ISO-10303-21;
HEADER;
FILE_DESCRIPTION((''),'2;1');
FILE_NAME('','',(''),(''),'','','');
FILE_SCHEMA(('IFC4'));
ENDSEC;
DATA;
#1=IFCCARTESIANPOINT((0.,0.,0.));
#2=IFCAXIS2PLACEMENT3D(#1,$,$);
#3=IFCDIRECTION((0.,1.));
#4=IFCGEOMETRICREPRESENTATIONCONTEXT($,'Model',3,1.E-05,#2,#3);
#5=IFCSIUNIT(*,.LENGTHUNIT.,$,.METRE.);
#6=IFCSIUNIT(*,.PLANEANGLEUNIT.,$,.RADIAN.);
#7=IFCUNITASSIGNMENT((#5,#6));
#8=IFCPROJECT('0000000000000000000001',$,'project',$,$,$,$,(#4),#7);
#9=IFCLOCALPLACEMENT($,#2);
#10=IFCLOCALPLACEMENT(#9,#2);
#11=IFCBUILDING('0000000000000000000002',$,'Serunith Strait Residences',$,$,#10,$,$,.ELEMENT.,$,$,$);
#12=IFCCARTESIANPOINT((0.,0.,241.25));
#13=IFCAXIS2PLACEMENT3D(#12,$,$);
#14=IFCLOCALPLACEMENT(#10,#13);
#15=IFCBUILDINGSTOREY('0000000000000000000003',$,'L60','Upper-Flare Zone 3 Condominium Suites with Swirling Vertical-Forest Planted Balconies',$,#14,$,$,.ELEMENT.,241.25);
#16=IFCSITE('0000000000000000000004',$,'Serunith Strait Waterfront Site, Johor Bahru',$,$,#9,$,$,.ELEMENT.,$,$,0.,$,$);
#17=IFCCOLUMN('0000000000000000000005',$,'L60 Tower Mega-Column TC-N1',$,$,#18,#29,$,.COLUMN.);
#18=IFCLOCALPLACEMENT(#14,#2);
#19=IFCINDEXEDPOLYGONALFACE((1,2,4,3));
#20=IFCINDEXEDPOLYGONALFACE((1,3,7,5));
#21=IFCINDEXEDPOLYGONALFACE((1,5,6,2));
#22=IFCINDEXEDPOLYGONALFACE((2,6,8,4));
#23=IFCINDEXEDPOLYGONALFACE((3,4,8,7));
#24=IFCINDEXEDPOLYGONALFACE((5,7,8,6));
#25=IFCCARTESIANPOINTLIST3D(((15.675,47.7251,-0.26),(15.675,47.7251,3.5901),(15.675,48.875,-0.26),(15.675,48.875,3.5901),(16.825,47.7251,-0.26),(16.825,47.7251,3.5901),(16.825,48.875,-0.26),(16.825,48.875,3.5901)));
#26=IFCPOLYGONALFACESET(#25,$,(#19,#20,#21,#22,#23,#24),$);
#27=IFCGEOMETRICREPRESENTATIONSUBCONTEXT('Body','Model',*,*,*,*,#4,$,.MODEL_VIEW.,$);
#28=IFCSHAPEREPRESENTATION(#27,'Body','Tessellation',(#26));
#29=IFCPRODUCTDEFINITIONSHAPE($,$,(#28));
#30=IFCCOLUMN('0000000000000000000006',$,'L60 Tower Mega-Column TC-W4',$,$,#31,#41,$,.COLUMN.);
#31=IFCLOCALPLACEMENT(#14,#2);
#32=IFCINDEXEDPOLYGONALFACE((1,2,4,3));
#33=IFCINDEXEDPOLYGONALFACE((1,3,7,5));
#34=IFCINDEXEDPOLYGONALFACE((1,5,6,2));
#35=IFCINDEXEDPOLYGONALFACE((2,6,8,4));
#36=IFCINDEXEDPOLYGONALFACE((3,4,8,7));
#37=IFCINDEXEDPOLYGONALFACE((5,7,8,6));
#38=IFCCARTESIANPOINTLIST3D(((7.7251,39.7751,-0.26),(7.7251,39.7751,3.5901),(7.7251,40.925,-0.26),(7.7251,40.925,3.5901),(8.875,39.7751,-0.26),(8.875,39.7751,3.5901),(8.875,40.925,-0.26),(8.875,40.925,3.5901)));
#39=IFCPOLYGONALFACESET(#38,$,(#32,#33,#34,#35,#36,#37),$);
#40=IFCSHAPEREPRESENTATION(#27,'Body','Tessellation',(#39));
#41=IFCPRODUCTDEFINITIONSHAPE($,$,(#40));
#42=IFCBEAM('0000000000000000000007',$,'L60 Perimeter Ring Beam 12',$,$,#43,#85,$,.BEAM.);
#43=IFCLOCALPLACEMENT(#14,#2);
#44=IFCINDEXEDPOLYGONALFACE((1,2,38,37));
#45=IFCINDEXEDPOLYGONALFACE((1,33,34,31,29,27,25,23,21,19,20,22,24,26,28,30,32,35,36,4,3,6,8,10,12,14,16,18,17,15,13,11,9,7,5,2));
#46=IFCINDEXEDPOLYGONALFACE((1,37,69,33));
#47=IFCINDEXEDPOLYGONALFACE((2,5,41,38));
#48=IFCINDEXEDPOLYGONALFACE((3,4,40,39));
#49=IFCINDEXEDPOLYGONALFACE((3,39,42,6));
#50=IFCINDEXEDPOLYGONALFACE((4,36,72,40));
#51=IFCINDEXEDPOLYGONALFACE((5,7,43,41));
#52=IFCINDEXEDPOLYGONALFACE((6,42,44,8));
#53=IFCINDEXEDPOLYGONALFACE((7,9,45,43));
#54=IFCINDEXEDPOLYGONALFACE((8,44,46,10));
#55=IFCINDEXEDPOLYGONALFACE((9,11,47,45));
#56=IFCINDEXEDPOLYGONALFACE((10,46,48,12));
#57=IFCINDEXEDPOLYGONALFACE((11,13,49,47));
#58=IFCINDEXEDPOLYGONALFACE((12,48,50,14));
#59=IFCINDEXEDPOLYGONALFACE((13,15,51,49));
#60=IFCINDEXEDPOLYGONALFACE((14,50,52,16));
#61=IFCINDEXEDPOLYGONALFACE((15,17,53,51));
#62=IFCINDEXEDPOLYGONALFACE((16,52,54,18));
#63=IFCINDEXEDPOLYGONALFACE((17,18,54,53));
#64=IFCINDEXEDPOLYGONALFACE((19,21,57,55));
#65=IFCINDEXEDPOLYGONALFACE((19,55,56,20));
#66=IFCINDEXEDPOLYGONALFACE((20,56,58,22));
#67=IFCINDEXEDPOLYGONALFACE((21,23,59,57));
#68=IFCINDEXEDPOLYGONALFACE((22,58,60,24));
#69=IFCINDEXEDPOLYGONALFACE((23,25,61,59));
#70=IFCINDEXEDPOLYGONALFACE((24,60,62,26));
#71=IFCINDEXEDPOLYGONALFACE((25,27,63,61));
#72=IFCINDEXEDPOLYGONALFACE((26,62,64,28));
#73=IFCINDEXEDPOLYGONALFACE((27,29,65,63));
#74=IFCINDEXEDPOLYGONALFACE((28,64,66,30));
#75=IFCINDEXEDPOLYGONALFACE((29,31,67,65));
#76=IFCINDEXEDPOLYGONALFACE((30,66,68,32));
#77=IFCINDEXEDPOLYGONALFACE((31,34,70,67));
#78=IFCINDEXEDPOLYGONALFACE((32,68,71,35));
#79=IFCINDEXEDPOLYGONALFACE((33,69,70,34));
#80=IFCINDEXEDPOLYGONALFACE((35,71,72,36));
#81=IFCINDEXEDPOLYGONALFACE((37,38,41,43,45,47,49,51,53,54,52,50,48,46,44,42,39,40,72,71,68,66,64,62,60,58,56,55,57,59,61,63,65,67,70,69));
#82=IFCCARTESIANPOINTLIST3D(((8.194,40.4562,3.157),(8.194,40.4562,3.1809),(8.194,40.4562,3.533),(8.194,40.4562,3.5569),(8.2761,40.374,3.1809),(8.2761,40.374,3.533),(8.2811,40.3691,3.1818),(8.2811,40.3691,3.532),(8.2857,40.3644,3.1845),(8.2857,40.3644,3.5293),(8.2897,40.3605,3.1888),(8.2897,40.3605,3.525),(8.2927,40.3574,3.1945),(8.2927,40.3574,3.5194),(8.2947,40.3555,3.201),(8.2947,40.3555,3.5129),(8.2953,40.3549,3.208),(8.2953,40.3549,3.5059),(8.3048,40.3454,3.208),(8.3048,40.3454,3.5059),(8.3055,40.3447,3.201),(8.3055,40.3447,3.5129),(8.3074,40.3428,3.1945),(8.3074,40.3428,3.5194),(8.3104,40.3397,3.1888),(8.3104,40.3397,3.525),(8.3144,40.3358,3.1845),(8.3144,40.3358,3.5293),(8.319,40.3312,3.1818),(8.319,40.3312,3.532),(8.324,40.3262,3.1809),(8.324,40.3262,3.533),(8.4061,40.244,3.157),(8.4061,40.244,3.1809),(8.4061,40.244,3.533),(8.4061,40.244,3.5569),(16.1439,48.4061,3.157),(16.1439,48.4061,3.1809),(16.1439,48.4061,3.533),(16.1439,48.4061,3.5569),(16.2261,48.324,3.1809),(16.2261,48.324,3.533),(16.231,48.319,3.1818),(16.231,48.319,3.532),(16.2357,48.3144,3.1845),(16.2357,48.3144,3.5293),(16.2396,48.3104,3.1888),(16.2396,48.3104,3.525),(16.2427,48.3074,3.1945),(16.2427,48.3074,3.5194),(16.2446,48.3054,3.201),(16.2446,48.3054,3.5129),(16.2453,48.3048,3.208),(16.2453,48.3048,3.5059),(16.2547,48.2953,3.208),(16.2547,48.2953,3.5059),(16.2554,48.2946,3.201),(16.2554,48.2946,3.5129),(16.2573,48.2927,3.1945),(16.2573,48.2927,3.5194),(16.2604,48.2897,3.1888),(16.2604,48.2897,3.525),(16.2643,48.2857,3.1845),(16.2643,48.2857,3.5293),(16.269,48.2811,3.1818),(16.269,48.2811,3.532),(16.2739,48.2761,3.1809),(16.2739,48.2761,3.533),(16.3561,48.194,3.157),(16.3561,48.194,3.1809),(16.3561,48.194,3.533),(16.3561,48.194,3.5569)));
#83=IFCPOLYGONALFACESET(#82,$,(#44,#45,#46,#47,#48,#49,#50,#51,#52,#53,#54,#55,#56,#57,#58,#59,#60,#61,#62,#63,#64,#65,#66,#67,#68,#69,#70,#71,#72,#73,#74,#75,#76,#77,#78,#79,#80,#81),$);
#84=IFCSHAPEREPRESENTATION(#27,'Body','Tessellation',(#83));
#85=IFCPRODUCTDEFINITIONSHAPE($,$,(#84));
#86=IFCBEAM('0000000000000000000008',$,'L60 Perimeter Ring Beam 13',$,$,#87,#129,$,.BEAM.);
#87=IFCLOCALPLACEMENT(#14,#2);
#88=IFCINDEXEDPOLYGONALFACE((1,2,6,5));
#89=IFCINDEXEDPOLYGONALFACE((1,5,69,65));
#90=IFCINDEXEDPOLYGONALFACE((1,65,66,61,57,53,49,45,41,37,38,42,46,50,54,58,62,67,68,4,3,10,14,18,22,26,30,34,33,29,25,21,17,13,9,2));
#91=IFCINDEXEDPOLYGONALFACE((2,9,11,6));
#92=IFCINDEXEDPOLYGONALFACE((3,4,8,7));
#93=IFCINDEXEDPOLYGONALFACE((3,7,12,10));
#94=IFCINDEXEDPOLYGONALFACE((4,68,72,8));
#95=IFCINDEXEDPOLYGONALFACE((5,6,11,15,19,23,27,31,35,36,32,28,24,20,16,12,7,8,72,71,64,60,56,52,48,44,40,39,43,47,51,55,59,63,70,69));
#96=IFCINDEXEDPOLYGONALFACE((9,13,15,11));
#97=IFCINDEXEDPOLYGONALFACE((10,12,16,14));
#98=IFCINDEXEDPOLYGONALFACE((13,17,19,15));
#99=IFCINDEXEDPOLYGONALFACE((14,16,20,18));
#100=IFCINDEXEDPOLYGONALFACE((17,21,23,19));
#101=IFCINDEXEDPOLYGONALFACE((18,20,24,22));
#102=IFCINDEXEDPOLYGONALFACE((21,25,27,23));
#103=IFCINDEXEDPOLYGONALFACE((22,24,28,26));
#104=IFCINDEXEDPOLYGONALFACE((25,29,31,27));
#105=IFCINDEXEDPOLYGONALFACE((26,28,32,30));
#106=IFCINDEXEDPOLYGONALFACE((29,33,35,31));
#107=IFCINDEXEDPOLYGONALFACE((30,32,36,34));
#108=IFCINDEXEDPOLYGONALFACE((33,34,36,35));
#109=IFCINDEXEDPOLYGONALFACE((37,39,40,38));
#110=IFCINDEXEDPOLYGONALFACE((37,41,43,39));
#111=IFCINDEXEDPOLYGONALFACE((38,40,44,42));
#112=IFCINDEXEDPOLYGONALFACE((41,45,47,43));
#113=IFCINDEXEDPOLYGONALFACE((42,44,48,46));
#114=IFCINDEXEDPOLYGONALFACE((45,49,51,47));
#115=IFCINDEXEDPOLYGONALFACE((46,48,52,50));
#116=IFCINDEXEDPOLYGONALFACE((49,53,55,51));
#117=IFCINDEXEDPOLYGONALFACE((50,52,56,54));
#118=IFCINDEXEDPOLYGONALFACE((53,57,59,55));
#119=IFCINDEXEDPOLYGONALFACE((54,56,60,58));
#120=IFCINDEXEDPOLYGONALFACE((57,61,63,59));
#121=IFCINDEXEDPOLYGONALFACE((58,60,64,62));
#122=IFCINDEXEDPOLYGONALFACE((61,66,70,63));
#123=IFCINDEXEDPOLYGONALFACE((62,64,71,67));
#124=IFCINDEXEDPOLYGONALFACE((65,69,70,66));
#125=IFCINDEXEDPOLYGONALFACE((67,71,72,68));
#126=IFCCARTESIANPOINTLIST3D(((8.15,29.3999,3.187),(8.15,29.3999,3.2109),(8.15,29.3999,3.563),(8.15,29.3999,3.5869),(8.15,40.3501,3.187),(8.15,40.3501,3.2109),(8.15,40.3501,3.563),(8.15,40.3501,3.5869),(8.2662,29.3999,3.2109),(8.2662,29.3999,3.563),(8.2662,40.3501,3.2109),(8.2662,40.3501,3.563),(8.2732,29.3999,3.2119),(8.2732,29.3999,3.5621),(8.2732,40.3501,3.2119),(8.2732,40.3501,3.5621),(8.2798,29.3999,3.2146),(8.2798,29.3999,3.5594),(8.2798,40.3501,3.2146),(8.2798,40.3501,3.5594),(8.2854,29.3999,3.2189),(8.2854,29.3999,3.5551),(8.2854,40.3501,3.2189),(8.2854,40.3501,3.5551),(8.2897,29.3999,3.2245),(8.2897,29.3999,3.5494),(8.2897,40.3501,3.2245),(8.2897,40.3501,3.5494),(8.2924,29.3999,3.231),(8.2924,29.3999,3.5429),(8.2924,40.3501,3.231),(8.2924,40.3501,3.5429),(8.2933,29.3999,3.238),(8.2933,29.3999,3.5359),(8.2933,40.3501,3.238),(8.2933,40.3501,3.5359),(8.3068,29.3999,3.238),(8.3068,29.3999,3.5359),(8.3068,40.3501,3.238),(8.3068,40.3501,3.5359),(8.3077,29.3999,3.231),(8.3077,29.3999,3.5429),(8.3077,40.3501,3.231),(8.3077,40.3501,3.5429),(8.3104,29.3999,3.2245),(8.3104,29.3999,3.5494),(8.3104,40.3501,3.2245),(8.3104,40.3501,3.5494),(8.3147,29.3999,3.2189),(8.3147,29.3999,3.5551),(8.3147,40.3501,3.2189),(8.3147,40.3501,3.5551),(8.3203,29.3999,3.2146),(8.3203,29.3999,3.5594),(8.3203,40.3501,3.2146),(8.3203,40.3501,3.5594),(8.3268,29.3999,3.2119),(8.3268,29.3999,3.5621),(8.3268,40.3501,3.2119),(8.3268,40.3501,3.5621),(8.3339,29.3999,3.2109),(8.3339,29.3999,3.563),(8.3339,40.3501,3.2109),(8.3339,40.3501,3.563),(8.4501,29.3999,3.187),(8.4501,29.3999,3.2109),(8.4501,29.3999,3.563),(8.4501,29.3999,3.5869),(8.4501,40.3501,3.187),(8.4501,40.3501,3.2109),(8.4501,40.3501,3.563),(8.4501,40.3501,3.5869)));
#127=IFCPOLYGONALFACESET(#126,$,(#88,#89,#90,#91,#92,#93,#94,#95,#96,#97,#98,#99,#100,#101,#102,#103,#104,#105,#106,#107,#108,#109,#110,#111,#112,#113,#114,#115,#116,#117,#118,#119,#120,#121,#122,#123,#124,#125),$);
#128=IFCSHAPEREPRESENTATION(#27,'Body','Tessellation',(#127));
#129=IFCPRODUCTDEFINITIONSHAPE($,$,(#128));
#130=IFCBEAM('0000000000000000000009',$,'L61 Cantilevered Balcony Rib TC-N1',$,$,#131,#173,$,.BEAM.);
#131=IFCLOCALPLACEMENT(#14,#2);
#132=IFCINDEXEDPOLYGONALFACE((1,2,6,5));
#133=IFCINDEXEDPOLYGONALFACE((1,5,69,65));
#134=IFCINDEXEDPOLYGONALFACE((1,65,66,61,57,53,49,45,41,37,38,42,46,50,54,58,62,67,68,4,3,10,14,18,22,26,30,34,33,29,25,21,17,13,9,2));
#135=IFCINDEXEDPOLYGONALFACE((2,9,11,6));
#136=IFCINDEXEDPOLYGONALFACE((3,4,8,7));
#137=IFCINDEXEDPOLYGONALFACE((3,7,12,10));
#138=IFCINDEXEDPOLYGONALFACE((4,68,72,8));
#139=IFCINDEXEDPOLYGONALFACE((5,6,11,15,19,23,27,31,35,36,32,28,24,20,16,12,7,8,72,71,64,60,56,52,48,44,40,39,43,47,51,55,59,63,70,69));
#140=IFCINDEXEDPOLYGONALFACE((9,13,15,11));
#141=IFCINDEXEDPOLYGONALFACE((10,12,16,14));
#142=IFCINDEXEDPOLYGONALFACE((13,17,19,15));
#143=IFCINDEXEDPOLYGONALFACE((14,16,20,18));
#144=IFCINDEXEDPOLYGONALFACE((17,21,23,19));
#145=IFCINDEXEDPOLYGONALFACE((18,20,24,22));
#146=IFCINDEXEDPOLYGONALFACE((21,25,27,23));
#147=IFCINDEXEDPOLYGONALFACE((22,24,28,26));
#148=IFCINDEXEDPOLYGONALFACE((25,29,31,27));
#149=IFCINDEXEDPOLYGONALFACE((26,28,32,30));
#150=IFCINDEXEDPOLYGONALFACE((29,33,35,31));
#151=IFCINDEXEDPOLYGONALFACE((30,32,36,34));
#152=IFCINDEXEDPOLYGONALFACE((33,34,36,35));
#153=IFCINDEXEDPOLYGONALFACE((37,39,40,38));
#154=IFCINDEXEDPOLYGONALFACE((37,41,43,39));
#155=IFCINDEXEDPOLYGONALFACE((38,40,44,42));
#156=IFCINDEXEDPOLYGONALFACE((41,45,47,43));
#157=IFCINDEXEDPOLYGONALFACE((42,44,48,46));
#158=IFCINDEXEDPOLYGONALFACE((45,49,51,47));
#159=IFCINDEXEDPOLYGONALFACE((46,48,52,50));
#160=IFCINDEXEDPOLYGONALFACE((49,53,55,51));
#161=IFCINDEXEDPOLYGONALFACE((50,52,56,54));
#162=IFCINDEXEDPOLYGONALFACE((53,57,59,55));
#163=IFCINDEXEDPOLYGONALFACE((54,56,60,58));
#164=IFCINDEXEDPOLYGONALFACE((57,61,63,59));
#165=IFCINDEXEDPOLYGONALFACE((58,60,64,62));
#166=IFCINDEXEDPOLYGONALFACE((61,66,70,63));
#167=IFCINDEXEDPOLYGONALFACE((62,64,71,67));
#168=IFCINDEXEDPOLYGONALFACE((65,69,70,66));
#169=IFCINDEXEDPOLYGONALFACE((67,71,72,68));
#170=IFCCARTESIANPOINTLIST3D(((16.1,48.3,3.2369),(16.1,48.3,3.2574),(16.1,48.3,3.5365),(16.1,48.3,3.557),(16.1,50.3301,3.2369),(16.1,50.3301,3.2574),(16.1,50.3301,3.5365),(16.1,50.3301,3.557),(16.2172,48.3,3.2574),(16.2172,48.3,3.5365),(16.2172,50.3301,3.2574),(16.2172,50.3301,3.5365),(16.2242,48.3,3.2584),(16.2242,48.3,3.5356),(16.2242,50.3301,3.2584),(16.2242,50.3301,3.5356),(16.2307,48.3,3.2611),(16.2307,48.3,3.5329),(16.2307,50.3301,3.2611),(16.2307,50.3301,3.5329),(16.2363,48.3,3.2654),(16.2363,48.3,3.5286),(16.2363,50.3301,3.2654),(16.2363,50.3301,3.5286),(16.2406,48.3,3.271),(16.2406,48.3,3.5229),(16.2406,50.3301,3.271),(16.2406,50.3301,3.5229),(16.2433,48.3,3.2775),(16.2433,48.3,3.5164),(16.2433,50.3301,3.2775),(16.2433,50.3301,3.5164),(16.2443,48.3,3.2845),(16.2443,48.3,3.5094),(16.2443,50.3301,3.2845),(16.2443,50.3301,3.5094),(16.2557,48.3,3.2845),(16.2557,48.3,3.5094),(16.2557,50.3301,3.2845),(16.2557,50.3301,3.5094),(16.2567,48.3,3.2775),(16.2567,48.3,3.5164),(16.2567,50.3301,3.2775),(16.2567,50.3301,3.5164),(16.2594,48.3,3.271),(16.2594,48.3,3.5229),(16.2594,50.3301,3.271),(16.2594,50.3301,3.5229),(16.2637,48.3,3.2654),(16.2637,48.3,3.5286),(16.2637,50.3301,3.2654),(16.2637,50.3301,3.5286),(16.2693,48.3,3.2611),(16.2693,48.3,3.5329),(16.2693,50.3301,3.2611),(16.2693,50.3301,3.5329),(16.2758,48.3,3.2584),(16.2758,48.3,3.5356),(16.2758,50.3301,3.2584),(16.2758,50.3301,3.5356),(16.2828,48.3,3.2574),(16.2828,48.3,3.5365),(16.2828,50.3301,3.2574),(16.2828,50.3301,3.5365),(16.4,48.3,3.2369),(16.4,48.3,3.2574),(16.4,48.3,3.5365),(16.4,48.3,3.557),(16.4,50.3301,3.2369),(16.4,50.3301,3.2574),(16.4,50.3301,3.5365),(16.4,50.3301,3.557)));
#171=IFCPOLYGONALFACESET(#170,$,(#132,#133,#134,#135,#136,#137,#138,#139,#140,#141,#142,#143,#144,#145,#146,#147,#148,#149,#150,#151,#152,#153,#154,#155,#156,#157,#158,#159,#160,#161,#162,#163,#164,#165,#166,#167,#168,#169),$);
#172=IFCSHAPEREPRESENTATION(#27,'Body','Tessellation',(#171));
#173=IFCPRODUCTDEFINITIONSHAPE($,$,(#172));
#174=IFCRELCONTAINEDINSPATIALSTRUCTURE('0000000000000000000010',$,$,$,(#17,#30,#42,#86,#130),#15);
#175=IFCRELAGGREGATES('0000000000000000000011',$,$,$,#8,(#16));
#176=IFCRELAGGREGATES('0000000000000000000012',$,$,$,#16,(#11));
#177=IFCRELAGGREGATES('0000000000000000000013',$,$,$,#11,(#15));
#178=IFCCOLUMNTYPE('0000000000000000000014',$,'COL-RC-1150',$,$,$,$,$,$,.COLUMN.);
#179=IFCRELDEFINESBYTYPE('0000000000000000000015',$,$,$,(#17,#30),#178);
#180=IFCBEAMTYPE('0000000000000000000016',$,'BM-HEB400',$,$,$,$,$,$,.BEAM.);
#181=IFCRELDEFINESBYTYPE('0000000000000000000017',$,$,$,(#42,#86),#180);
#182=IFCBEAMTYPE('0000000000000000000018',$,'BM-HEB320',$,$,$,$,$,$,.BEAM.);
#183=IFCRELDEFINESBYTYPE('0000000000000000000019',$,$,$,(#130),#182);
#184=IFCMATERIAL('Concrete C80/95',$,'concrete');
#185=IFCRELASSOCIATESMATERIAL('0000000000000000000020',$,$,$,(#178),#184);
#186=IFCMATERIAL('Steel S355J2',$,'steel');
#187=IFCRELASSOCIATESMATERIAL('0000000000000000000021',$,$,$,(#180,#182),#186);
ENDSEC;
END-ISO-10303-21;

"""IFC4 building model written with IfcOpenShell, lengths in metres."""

from ifc_helpers import new_model, si_unit, direction, frame, origin, origin_2d, place, context, subcontext, project, spatial, rectangle, i_section, extrude, source, transform, mapped, material, material_profile, profile_set, type_object, element, save


model = new_model("IFC4")

# Units and contexts
model_context = context("Model", 3, precision=1e-05, world=origin(), true_north=direction((0.0, 1.0)))
body_context = subcontext(model_context, "Body", "Model", "MODEL_VIEW")
ifc_project = project(units=[si_unit("LENGTHUNIT", "METRE"), si_unit("PLANEANGLEUNIT", "RADIAN")], contexts=[model_context])

# Site, building, storey
site_placement = place(None, origin())
site = spatial("IfcSite", under=ifc_project, at=site_placement, Name="Serunith Strait Waterfront Site, Johor Bahru", CompositionType="ELEMENT", RefElevation=0.0)
building_placement = place(site_placement, origin())
building = spatial("IfcBuilding", under=site, at=building_placement, Name="Serunith Strait Residences", CompositionType="ELEMENT")
storey_placement = place(building_placement, frame((0.0, 0.0, 241.25)))
storey = spatial("IfcBuildingStorey", under=building, at=storey_placement, Name="L60", Description="Upper-Flare Zone 3 Condominium Suites with Swirling Vertical-Forest Planted Balconies", CompositionType="ELEMENT", Elevation=241.25)

# Columns
ifc_material_1 = material(Name="Concrete C80/95", Category="concrete")
ifc_material_profile_1 = material_profile(ifc_material_1, rectangle(XDim=1.1499, YDim=1.1499, at=origin_2d()), Name="RC 1150x1150")
ifc_profile_set_1 = profile_set([ifc_material_profile_1], Name="Concrete C80/95")
column_type = type_object("IfcColumnType", Name="COL-RC-1150", PredefinedType="COLUMN", material=ifc_profile_set_1)
shared_shape_1 = source(origin(), body_context, "Body", "SweptSolid", [
    extrude(rectangle(XDim=1.1499, YDim=1.1499, at=origin_2d()), origin(), (0.0, 0.0, 1.0), 3.8501),
])
for number, where, z_axis, x_axis, name in (
    (1, (16.25, 48.3, -0.26), (0.0, 0.0, 1.0), (1.0, 0.0, 0.0), "L60 Tower Mega-Column TC-N1"),
    (2, (8.3, 40.3501, -0.26), (0.0, 0.0, 1.0), (1.0, 0.0, 0.0), "L60 Tower Mega-Column TC-W4"),
):
    element("IfcColumn", number, at=place(storey_placement, frame(where, z_axis=z_axis, x_axis=x_axis)), inside=storey, type_object=column_type, Name=name, PredefinedType="COLUMN", context=body_context, shape_type="MappedRepresentation", body=[
        mapped(shared_shape_1, transform((0.0, 0.0, 0.0), scale=1.0)),
    ])

# Beams
ifc_material_2 = material(Name="Steel S355J2", Category="steel")
ifc_material_profile_2 = material_profile(ifc_material_2, i_section(OverallWidth=0.3, OverallDepth=0.3999, WebThickness=0.0134, FlangeThickness=0.0239, FilletRadius=0.0271, at=origin_2d()), Name="HEB 400")
ifc_profile_set_2 = profile_set([ifc_material_profile_2], Name="Steel S355J2")
beam_type_1 = type_object("IfcBeamType", Name="BM-HEB400", PredefinedType="BEAM", material=ifc_profile_set_2)
shared_shape_2 = source(origin(), body_context, "Body", "SweptSolid", [
    extrude(i_section(OverallWidth=0.3, OverallDepth=0.3999, WebThickness=0.0134, FlangeThickness=0.0239, FilletRadius=0.0271, at=origin_2d()), origin(), (0.0, 0.0, 1.0), 11.2429),
])
beam_1_placement = place(storey_placement, frame((16.25, 48.3, 3.3569), z_axis=(-0.707107, -0.707107, 0.0), x_axis=(0.707107, -0.707107, 0.0)))
element("IfcBeam", 3, at=beam_1_placement, inside=storey, type_object=beam_type_1, Name="L60 Perimeter Ring Beam 12", PredefinedType="BEAM", context=body_context, shape_type="MappedRepresentation", body=[
    mapped(shared_shape_2, transform((0.0, 0.0, 0.0), scale=1.0)),
])
shared_shape_3 = source(origin(), body_context, "Body", "SweptSolid", [
    extrude(i_section(OverallWidth=0.3, OverallDepth=0.3999, WebThickness=0.0134, FlangeThickness=0.0239, FilletRadius=0.0271, at=origin_2d()), origin(), (0.0, 0.0, 1.0), 10.9502),
])
beam_2_placement = place(storey_placement, frame((8.3, 40.3501, 3.387), z_axis=(0.0, -1.0, 0.0), x_axis=(1.0, 0.0, 0.0)))
element("IfcBeam", 4, at=beam_2_placement, inside=storey, type_object=beam_type_1, Name="L60 Perimeter Ring Beam 13", PredefinedType="BEAM", context=body_context, shape_type="MappedRepresentation", body=[
    mapped(shared_shape_3, transform((0.0, 0.0, 0.0), scale=1.0)),
])
ifc_material_profile_3 = material_profile(ifc_material_2, i_section(OverallWidth=0.3, OverallDepth=0.3201, WebThickness=0.0115, FlangeThickness=0.0205, FilletRadius=0.0271, at=origin_2d()), Name="HEB 320")
ifc_profile_set_3 = profile_set([ifc_material_profile_3], Name="Steel S355J2")
beam_type_2 = type_object("IfcBeamType", Name="BM-HEB320", PredefinedType="BEAM", material=ifc_profile_set_3)
shared_shape_4 = source(origin(), body_context, "Body", "SweptSolid", [
    extrude(i_section(OverallWidth=0.3, OverallDepth=0.3201, WebThickness=0.0115, FlangeThickness=0.0205, FilletRadius=0.0271, at=origin_2d()), origin(), (0.0, 0.0, 1.0), 2.03),
])
for number, where, z_axis, x_axis, name in (
    (5, (16.25, 48.3, 3.397), (0.0, 1.0, 0.0), (-1.0, 0.0, 0.0), "L61 Cantilevered Balcony Rib TC-N1"),
):
    element("IfcBeam", number, at=place(storey_placement, frame(where, z_axis=z_axis, x_axis=x_axis)), inside=storey, type_object=beam_type_2, Name=name, PredefinedType="BEAM", context=body_context, shape_type="MappedRepresentation", body=[
        mapped(shared_shape_4, transform((0.0, 0.0, 0.0), scale=1.0)),
    ])

save(model, "model.ifc")
